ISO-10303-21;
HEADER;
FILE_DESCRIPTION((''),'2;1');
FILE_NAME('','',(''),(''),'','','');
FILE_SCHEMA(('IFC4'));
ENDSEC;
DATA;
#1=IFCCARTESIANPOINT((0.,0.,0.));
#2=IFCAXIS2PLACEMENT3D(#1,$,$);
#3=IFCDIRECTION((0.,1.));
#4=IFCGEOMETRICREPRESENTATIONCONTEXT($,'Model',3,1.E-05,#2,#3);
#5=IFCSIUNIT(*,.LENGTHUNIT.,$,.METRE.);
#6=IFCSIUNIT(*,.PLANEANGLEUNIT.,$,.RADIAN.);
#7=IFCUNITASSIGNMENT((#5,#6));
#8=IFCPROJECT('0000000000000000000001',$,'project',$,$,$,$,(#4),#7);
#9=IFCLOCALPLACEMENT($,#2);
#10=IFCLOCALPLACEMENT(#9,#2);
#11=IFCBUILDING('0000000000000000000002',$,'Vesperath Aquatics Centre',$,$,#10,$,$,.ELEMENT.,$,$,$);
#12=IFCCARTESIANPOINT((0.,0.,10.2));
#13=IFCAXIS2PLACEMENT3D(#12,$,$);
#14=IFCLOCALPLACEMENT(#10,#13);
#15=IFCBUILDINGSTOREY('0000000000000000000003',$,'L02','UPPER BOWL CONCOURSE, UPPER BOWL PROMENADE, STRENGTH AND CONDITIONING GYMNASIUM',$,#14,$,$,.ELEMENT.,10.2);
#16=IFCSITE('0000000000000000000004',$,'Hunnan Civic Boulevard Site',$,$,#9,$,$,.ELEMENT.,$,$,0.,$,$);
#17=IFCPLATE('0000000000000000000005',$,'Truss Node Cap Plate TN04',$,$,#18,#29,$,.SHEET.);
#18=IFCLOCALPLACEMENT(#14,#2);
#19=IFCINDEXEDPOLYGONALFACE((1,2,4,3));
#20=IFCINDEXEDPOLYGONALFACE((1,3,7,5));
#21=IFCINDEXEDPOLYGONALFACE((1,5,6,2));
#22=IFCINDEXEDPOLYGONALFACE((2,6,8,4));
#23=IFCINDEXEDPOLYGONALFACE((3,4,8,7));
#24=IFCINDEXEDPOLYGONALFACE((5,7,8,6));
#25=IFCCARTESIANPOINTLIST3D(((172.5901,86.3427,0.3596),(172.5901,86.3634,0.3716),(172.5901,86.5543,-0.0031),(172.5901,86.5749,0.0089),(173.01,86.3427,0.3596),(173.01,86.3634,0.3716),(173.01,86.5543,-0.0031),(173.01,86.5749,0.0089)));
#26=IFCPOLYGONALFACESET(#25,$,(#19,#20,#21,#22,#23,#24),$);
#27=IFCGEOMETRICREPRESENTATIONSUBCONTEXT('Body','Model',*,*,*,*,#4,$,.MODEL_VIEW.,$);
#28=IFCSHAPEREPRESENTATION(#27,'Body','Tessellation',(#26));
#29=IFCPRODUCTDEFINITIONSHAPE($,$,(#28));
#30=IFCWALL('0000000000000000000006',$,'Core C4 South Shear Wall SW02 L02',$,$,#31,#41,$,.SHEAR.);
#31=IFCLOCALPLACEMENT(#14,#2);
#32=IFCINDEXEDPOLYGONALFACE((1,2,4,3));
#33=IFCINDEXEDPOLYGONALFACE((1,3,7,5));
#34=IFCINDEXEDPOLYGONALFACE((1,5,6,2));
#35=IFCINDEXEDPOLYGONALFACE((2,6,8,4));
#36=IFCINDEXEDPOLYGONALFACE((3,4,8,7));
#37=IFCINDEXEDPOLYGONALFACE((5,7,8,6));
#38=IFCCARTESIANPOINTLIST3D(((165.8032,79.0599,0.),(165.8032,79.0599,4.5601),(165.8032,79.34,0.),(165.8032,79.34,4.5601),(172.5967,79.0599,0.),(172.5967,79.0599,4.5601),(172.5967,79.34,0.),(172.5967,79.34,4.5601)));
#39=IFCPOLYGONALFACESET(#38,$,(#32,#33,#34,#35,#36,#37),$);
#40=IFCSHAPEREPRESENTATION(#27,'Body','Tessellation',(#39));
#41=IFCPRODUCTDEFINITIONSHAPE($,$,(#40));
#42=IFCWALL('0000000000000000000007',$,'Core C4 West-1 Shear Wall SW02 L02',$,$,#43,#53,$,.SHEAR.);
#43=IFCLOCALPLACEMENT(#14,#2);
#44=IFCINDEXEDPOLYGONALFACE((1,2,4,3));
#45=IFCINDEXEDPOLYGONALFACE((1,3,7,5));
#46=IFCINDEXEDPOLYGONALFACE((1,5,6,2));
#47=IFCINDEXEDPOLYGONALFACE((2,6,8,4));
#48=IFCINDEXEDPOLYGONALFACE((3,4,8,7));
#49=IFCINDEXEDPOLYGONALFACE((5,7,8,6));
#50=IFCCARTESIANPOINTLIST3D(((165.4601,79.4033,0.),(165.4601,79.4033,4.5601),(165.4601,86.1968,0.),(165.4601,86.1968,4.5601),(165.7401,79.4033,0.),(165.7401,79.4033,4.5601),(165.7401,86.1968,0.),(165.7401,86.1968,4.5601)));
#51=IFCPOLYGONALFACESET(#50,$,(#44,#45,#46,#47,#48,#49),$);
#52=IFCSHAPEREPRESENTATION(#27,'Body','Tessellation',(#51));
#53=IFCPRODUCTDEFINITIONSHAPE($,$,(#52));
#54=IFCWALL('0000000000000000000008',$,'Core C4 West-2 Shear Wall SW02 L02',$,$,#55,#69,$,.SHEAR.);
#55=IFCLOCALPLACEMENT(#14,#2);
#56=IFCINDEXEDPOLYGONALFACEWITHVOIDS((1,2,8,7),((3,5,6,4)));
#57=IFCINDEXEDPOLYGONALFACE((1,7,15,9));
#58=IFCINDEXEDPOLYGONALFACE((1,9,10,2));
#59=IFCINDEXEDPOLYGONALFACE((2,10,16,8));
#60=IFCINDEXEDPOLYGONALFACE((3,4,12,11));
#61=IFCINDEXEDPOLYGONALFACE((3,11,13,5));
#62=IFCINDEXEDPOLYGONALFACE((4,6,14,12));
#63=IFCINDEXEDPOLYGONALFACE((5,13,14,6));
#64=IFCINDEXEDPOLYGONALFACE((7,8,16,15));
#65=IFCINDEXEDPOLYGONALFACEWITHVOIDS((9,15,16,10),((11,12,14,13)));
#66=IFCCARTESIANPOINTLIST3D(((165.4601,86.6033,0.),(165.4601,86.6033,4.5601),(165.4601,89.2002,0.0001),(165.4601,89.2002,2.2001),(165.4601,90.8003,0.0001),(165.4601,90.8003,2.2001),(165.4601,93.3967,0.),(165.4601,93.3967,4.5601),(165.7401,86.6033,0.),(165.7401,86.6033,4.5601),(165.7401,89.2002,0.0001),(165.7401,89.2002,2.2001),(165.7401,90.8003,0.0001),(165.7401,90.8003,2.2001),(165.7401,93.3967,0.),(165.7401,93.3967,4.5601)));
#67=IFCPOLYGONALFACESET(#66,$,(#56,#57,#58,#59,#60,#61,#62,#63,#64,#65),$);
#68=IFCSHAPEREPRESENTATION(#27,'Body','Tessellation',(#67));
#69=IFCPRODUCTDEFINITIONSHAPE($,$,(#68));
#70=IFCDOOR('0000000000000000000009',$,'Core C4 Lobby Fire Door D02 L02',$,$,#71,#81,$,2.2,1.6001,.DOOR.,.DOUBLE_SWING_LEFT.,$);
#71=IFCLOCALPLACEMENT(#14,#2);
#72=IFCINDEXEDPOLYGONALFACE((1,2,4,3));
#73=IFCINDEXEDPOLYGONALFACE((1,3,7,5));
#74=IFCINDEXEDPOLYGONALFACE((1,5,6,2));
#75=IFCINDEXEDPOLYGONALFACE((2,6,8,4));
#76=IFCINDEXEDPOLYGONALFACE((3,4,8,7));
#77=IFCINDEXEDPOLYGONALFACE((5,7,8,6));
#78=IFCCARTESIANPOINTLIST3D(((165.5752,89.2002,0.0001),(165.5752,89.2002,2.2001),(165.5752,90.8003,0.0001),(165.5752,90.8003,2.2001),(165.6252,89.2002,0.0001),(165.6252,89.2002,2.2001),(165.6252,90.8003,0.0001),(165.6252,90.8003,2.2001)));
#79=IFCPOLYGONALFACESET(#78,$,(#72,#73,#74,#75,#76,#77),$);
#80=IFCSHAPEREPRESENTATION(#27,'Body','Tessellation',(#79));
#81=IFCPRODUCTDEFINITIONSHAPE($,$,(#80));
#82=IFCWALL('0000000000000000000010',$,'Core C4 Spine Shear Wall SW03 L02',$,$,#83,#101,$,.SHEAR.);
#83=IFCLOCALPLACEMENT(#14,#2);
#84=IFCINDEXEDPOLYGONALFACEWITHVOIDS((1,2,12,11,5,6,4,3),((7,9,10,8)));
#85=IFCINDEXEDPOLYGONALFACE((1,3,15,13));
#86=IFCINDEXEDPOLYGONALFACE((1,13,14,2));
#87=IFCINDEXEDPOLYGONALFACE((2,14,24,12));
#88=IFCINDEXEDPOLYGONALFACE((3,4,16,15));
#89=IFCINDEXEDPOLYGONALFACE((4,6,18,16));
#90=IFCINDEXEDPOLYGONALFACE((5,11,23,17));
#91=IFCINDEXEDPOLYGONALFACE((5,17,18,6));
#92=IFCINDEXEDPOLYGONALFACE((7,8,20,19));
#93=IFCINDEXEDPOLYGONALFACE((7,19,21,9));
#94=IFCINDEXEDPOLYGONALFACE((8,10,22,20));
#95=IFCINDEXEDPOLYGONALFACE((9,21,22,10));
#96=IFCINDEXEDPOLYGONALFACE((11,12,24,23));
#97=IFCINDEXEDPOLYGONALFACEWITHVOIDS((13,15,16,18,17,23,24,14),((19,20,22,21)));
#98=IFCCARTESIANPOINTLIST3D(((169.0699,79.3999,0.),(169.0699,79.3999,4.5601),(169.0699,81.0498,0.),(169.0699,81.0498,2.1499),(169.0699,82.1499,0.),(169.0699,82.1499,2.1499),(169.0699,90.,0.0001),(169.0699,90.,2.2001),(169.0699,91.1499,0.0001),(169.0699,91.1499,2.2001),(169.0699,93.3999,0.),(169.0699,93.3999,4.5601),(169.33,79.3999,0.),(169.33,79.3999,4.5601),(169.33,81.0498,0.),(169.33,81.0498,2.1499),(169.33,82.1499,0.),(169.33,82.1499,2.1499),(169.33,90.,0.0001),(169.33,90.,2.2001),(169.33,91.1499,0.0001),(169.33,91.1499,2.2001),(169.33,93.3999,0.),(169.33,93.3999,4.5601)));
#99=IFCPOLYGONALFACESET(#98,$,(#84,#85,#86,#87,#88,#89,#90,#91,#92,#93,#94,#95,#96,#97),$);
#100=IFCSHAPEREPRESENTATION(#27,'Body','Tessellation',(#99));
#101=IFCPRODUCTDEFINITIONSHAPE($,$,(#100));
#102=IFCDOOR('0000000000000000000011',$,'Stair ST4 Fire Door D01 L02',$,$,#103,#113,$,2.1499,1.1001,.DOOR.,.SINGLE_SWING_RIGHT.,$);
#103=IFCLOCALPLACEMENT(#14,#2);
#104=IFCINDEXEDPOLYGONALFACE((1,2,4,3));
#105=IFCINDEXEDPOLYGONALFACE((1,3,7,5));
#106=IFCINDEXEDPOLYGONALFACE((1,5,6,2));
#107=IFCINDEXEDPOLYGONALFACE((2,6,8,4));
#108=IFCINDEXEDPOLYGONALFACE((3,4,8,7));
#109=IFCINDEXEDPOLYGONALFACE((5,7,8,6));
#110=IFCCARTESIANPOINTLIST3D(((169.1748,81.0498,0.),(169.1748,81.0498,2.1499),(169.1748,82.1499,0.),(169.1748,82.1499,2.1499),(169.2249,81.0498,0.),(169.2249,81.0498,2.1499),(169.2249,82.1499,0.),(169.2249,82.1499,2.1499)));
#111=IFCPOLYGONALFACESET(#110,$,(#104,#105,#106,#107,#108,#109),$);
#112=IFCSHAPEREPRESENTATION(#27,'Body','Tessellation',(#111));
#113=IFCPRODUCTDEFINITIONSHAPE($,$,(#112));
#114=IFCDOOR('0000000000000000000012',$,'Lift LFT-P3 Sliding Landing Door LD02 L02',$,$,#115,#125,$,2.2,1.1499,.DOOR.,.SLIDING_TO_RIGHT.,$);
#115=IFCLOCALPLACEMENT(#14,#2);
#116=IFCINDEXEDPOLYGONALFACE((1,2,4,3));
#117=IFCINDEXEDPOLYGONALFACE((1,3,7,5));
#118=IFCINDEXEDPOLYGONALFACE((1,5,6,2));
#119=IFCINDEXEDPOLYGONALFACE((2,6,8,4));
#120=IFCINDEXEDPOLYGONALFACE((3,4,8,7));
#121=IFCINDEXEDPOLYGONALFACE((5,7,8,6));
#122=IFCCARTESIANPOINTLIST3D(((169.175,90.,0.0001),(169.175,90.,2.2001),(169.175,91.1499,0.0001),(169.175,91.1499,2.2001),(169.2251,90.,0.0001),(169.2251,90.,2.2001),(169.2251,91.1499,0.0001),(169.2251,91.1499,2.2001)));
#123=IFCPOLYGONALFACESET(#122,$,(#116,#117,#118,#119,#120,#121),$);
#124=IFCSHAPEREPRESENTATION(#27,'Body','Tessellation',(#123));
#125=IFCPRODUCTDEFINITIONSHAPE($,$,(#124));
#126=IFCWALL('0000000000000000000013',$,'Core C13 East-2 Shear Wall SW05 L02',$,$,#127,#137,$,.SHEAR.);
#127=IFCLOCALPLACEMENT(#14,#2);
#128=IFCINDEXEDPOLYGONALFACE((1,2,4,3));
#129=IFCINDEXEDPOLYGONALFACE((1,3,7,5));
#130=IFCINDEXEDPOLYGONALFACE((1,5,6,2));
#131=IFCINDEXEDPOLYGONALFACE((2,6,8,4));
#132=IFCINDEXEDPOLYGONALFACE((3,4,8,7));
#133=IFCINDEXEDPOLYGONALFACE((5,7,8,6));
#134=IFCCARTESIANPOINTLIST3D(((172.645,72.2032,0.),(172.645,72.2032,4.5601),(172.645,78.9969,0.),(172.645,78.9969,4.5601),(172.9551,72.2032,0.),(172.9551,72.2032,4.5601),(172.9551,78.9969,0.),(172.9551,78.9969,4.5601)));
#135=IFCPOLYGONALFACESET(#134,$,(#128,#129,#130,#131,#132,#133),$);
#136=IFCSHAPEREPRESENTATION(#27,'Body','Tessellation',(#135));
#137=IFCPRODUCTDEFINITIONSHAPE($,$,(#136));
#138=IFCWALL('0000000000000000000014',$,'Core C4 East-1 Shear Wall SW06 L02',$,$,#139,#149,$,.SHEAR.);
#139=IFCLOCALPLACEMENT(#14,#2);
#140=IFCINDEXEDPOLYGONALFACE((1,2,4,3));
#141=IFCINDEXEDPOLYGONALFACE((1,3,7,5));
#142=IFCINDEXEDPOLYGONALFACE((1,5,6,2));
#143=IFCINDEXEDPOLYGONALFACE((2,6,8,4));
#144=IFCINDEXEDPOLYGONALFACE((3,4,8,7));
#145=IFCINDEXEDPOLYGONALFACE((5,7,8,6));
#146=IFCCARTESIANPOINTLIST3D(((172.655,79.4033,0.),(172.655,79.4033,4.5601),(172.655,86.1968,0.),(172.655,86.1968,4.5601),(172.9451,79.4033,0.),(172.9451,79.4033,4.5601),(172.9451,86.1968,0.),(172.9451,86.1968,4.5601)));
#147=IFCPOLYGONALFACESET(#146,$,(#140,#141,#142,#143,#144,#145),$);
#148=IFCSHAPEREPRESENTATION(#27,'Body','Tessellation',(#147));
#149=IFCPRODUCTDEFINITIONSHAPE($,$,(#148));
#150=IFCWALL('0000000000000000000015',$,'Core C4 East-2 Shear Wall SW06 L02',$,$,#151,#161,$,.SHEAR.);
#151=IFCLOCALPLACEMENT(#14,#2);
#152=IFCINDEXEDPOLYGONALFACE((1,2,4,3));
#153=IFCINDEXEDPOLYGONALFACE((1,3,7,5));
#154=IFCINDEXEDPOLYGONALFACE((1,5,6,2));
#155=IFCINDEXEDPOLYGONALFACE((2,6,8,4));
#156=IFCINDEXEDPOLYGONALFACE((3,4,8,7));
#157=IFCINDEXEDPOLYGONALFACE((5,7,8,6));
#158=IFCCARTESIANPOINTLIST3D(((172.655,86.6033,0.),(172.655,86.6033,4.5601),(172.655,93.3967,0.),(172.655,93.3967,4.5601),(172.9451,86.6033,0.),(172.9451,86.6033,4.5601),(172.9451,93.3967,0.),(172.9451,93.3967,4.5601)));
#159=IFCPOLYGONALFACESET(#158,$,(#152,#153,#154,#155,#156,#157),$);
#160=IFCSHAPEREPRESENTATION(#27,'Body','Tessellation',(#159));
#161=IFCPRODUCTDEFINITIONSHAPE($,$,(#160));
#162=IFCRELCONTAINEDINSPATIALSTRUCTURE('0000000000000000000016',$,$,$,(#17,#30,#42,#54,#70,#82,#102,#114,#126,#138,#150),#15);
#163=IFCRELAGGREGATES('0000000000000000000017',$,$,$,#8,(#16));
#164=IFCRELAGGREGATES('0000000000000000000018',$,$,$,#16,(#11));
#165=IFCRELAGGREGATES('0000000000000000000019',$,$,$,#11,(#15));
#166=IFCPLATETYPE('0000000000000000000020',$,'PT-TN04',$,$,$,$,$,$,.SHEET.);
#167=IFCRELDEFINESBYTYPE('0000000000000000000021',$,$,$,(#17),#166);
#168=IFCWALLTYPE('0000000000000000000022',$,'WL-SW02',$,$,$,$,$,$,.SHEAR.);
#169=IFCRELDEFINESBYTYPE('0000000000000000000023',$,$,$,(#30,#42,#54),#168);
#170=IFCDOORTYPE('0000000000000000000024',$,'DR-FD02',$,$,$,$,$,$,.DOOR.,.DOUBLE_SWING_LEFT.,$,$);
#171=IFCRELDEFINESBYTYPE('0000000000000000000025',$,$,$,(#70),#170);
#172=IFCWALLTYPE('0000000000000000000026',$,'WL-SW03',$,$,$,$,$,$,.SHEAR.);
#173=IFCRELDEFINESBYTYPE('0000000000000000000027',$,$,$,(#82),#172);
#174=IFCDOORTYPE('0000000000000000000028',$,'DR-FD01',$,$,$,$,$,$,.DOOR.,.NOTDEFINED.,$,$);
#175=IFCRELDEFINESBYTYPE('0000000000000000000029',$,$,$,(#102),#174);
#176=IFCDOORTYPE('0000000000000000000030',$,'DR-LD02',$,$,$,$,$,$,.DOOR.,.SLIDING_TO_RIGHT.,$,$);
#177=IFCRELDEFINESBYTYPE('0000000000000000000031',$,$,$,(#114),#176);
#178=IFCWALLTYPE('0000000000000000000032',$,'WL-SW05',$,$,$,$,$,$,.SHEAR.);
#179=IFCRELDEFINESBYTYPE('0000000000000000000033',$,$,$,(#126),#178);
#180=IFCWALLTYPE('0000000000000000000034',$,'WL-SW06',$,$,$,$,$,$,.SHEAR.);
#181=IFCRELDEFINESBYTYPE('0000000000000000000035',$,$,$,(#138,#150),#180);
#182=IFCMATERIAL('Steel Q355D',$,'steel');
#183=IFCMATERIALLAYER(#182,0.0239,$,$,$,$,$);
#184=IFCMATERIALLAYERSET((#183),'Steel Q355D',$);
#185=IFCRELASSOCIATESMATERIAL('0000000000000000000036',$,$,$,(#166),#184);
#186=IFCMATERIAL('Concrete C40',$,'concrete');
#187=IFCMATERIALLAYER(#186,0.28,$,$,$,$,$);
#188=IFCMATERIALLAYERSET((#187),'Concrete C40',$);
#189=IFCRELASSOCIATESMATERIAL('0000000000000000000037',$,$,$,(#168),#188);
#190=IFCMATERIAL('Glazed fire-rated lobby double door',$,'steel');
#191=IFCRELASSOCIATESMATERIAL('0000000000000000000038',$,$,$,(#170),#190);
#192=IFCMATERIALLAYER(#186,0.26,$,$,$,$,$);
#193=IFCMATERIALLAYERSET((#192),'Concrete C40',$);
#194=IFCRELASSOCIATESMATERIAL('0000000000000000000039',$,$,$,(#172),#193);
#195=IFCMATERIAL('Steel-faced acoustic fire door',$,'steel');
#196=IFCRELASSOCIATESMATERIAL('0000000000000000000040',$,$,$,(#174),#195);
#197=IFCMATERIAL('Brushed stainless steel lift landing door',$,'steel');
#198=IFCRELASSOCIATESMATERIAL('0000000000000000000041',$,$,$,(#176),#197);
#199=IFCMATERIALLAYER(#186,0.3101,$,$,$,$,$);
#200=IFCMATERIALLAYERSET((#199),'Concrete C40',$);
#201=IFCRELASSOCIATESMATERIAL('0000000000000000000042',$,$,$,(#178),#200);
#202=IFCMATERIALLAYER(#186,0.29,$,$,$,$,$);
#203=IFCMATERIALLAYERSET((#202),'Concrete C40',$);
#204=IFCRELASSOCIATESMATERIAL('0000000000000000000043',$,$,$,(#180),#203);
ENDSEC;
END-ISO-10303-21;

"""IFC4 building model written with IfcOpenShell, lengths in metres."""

from ifc_helpers import new_model, si_unit, direction, frame, frame_2d, origin, origin_2d, place, context, subcontext, project, spatial, rectangle, extrude, material, layer, layer_set, type_object, element, fill, save


model = new_model("IFC4")

# Units and contexts
model_context = context("Model", 3, precision=1e-05, world=origin(), true_north=direction((0.0, 1.0)))
body_context = subcontext(model_context, "Body", "Model", "MODEL_VIEW")
ifc_project = project(units=[si_unit("LENGTHUNIT", "METRE"), si_unit("PLANEANGLEUNIT", "RADIAN")], contexts=[model_context])

# Site, building, storey
site_placement = place(None, origin())
site = spatial("IfcSite", under=ifc_project, at=site_placement, Name="Hunnan Civic Boulevard Site", CompositionType="ELEMENT", RefElevation=0.0)
building_placement = place(site_placement, origin())
building = spatial("IfcBuilding", under=site, at=building_placement, Name="Vesperath Aquatics Centre", CompositionType="ELEMENT")
storey_placement = place(building_placement, frame((0.0, 0.0, 10.2)))
storey = spatial("IfcBuildingStorey", under=building, at=storey_placement, Name="L02", Description="UPPER BOWL CONCOURSE, UPPER BOWL PROMENADE, STRENGTH AND CONDITIONING GYMNASIUM", CompositionType="ELEMENT", Elevation=10.2)

# Shared definitions
ifc_material_1 = material(Name="Steel Q355D", Category="steel")

# Plate
ifc_layer_1 = layer(ifc_material_1, 0.0239)
ifc_layer_set_1 = layer_set([ifc_layer_1], Name="Steel Q355D")
plate_type = type_object("IfcPlateType", Name="PT-TN04", PredefinedType="SHEET", material=ifc_layer_set_1)
for number, where, z_axis, x_axis, name in (
    (1, (172.8, 86.4485, 0.1782), (0.0, 0.863779, 0.503871), (-1.0, 0.0, 0.0), "Truss Node Cap Plate TN04"),
):
    element("IfcPlate", number, at=place(storey_placement, frame(where, z_axis=z_axis, x_axis=x_axis)), inside=storey, type_object=plate_type, Name=name, PredefinedType="SHEET", context=body_context, shape_type="SweptSolid", body=[
        extrude(rectangle(XDim=0.4199, YDim=0.4199, at=origin_2d()), origin(), (0.0, 0.0, 1.0), 0.0239),
    ])

# Walls
ifc_material_2 = material(Name="Concrete C40", Category="concrete")
ifc_layer_2 = layer(ifc_material_2, 0.28)
ifc_layer_set_2 = layer_set([ifc_layer_2], Name="Concrete C40")
wall_type_1 = type_object("IfcWallType", Name="WL-SW02", PredefinedType="SHEAR", material=ifc_layer_set_2)
for number, where, z_axis, x_axis, name in (
    (2, (165.8032, 79.2, 0.0), (0.0, 0.0, 1.0), (1.0, 0.0, 0.0), "Core C4 South Shear Wall SW02 L02"),
    (3, (165.6001, 79.4033, 0.0), (0.0, 0.0, 1.0), (0.0, 1.0, 0.0), "Core C4 West-1 Shear Wall SW02 L02"),
):
    element("IfcWall", number, at=place(storey_placement, frame(where, z_axis=z_axis, x_axis=x_axis)), inside=storey, type_object=wall_type_1, Name=name, PredefinedType="SHEAR", context=body_context, shape_type="SweptSolid", body=[
        extrude(rectangle(XDim=6.7935, YDim=0.28, at=frame_2d((3.3967, 0.0))), origin(), (0.0, 0.0, 1.0), 4.5601),
    ])

# Wall, opening, door
wall_1_placement = place(storey_placement, frame((165.6001, 86.6033, 0.0), z_axis=(0.0, 0.0, 1.0), x_axis=(0.0, 1.0, 0.0)))
wall_1 = element("IfcWall", 4, at=wall_1_placement, inside=storey, type_object=wall_type_1, Name="Core C4 West-2 Shear Wall SW02 L02", PredefinedType="SHEAR", context=body_context, shape_type="SweptSolid", body=[
    extrude(rectangle(XDim=6.7935, YDim=0.28, at=frame_2d((3.3967, 0.0))), origin(), (0.0, 0.0, 1.0), 4.5601),
])
opening_1_placement = place(wall_1_placement, frame((2.5969, 0.0, 0.0)))
opening_1 = element("IfcOpeningElement", 5, at=opening_1_placement, cuts=wall_1, PredefinedType="OPENING", context=body_context, shape_type="SweptSolid", body=[
    extrude(rectangle(XDim=1.6001, YDim=2.2, at=frame_2d((0.8, 1.1001))), frame((0.0, 0.1548, 0.0), z_axis=(0.0, -1.0, 0.0), x_axis=(1.0, 0.0, 0.0)), (0.0, 0.0, 1.0), 0.3098),
])
ifc_material_3 = material(Name="Glazed fire-rated lobby double door", Category="steel")
door_type_1 = type_object("IfcDoorType", Name="DR-FD02", OperationType="DOUBLE_SWING_LEFT", PredefinedType="DOOR", material=ifc_material_3)
door_1_placement = place(opening_1_placement, origin())
door_1 = element("IfcDoor", 6, at=door_1_placement, inside=storey, type_object=door_type_1, Name="Core C4 Lobby Fire Door D02 L02", OperationType="DOUBLE_SWING_LEFT", OverallHeight=2.2, OverallWidth=1.6001, PredefinedType="DOOR", context=body_context, shape_type="SweptSolid", body=[
    extrude(rectangle(XDim=1.6001, YDim=2.2, at=frame_2d((0.8, 1.1001))), frame((0.0, 0.0249, 0.0), z_axis=(0.0, -1.0, 0.0), x_axis=(1.0, 0.0, 0.0)), (0.0, 0.0, 1.0), 0.05),
])
fill(opening_1, door_1)

# Wall, openings, doors
ifc_layer_3 = layer(ifc_material_2, 0.26)
ifc_layer_set_3 = layer_set([ifc_layer_3], Name="Concrete C40")
wall_type_2 = type_object("IfcWallType", Name="WL-SW03", PredefinedType="SHEAR", material=ifc_layer_set_3)
wall_2_placement = place(storey_placement, frame((169.2, 79.3999, 0.0), z_axis=(0.0, 0.0, 1.0), x_axis=(0.0, 1.0, 0.0)))
wall_2 = element("IfcWall", 7, at=wall_2_placement, inside=storey, type_object=wall_type_2, Name="Core C4 Spine Shear Wall SW03 L02", PredefinedType="SHEAR", context=body_context, shape_type="SweptSolid", body=[
    extrude(rectangle(XDim=14.0, YDim=0.26, at=frame_2d((7.0, 0.0))), origin(), (0.0, 0.0, 1.0), 4.5601),
])
opening_2_placement = place(wall_2_placement, frame((1.6499, 0.0, 0.0)))
opening_2 = element("IfcOpeningElement", 8, at=opening_2_placement, cuts=wall_2, PredefinedType="OPENING", context=body_context, shape_type="SweptSolid", body=[
    extrude(rectangle(XDim=1.1001, YDim=2.1499, at=frame_2d((0.55, 1.075))), frame((0.0, 0.145, 0.0), z_axis=(0.0, -1.0, 0.0), x_axis=(1.0, 0.0, 0.0)), (0.0, 0.0, 1.0), 0.2898),
])
opening_3_placement = place(wall_2_placement, frame((10.6001, 0.0, 0.0)))
opening_3 = element("IfcOpeningElement", 9, at=opening_3_placement, cuts=wall_2, PredefinedType="OPENING", context=body_context, shape_type="SweptSolid", body=[
    extrude(rectangle(XDim=1.1499, YDim=2.2, at=frame_2d((0.575, 1.1001))), frame((0.0, 0.145, 0.0), z_axis=(0.0, -1.0, 0.0), x_axis=(1.0, 0.0, 0.0)), (0.0, 0.0, 1.0), 0.2898),
])
ifc_material_4 = material(Name="Steel-faced acoustic fire door", Category="steel")
door_type_2 = type_object("IfcDoorType", Name="DR-FD01", OperationType="NOTDEFINED", PredefinedType="DOOR", material=ifc_material_4)
door_2_placement = place(opening_2_placement, frame((1.1001, 0.0, 0.0), z_axis=(0.0, 0.0, 1.0), x_axis=(-1.0, 0.0, 0.0)))
door_2 = element("IfcDoor", 10, at=door_2_placement, inside=storey, type_object=door_type_2, Name="Stair ST4 Fire Door D01 L02", OperationType="SINGLE_SWING_RIGHT", OverallHeight=2.1499, OverallWidth=1.1001, PredefinedType="DOOR", context=body_context, shape_type="SweptSolid", body=[
    extrude(rectangle(XDim=1.1001, YDim=2.1499, at=frame_2d((0.55, 1.075))), frame((0.0, 0.0249, 0.0), z_axis=(0.0, -1.0, 0.0), x_axis=(1.0, 0.0, 0.0)), (0.0, 0.0, 1.0), 0.05),
])
fill(opening_2, door_2)
ifc_material_5 = material(Name="Brushed stainless steel lift landing door", Category="steel")
door_type_3 = type_object("IfcDoorType", Name="DR-LD02", OperationType="SLIDING_TO_RIGHT", PredefinedType="DOOR", material=ifc_material_5)
door_3_placement = place(opening_3_placement, origin())
door_3 = element("IfcDoor", 11, at=door_3_placement, inside=storey, type_object=door_type_3, Name="Lift LFT-P3 Sliding Landing Door LD02 L02", OperationType="SLIDING_TO_RIGHT", OverallHeight=2.2, OverallWidth=1.1499, PredefinedType="DOOR", context=body_context, shape_type="SweptSolid", body=[
    extrude(rectangle(XDim=1.1499, YDim=2.2, at=frame_2d((0.575, 1.1001))), frame((0.0, 0.0249, 0.0), z_axis=(0.0, -1.0, 0.0), x_axis=(1.0, 0.0, 0.0)), (0.0, 0.0, 1.0), 0.05),
])
fill(opening_3, door_3)

# Walls
ifc_layer_4 = layer(ifc_material_2, 0.3101)
ifc_layer_set_4 = layer_set([ifc_layer_4], Name="Concrete C40")
wall_type_3 = type_object("IfcWallType", Name="WL-SW05", PredefinedType="SHEAR", material=ifc_layer_set_4)
wall_3_placement = place(storey_placement, frame((172.8, 72.2031, 0.0), z_axis=(0.0, 0.0, 1.0), x_axis=(0.0, 1.0, 0.0)))
element("IfcWall", 12, at=wall_3_placement, inside=storey, type_object=wall_type_3, Name="Core C13 East-2 Shear Wall SW05 L02", PredefinedType="SHEAR", context=body_context, shape_type="SweptSolid", body=[
    extrude(rectangle(XDim=6.7937, YDim=0.3101, at=frame_2d((3.397, 0.0))), origin(), (0.0, 0.0, 1.0), 4.5601),
])
ifc_layer_5 = layer(ifc_material_2, 0.29)
ifc_layer_set_5 = layer_set([ifc_layer_5], Name="Concrete C40")
wall_type_4 = type_object("IfcWallType", Name="WL-SW06", PredefinedType="SHEAR", material=ifc_layer_set_5)
for number, where, z_axis, x_axis, name in (
    (13, (172.8, 79.4033, 0.0), (0.0, 0.0, 1.0), (0.0, 1.0, 0.0), "Core C4 East-1 Shear Wall SW06 L02"),
    (14, (172.8, 86.6033, 0.0), (0.0, 0.0, 1.0), (0.0, 1.0, 0.0), "Core C4 East-2 Shear Wall SW06 L02"),
):
    element("IfcWall", number, at=place(storey_placement, frame(where, z_axis=z_axis, x_axis=x_axis)), inside=storey, type_object=wall_type_4, Name=name, PredefinedType="SHEAR", context=body_context, shape_type="SweptSolid", body=[
        extrude(rectangle(XDim=6.7935, YDim=0.29, at=frame_2d((3.3967, 0.0))), origin(), (0.0, 0.0, 1.0), 4.5601),
    ])

save(model, "model.ifc")
